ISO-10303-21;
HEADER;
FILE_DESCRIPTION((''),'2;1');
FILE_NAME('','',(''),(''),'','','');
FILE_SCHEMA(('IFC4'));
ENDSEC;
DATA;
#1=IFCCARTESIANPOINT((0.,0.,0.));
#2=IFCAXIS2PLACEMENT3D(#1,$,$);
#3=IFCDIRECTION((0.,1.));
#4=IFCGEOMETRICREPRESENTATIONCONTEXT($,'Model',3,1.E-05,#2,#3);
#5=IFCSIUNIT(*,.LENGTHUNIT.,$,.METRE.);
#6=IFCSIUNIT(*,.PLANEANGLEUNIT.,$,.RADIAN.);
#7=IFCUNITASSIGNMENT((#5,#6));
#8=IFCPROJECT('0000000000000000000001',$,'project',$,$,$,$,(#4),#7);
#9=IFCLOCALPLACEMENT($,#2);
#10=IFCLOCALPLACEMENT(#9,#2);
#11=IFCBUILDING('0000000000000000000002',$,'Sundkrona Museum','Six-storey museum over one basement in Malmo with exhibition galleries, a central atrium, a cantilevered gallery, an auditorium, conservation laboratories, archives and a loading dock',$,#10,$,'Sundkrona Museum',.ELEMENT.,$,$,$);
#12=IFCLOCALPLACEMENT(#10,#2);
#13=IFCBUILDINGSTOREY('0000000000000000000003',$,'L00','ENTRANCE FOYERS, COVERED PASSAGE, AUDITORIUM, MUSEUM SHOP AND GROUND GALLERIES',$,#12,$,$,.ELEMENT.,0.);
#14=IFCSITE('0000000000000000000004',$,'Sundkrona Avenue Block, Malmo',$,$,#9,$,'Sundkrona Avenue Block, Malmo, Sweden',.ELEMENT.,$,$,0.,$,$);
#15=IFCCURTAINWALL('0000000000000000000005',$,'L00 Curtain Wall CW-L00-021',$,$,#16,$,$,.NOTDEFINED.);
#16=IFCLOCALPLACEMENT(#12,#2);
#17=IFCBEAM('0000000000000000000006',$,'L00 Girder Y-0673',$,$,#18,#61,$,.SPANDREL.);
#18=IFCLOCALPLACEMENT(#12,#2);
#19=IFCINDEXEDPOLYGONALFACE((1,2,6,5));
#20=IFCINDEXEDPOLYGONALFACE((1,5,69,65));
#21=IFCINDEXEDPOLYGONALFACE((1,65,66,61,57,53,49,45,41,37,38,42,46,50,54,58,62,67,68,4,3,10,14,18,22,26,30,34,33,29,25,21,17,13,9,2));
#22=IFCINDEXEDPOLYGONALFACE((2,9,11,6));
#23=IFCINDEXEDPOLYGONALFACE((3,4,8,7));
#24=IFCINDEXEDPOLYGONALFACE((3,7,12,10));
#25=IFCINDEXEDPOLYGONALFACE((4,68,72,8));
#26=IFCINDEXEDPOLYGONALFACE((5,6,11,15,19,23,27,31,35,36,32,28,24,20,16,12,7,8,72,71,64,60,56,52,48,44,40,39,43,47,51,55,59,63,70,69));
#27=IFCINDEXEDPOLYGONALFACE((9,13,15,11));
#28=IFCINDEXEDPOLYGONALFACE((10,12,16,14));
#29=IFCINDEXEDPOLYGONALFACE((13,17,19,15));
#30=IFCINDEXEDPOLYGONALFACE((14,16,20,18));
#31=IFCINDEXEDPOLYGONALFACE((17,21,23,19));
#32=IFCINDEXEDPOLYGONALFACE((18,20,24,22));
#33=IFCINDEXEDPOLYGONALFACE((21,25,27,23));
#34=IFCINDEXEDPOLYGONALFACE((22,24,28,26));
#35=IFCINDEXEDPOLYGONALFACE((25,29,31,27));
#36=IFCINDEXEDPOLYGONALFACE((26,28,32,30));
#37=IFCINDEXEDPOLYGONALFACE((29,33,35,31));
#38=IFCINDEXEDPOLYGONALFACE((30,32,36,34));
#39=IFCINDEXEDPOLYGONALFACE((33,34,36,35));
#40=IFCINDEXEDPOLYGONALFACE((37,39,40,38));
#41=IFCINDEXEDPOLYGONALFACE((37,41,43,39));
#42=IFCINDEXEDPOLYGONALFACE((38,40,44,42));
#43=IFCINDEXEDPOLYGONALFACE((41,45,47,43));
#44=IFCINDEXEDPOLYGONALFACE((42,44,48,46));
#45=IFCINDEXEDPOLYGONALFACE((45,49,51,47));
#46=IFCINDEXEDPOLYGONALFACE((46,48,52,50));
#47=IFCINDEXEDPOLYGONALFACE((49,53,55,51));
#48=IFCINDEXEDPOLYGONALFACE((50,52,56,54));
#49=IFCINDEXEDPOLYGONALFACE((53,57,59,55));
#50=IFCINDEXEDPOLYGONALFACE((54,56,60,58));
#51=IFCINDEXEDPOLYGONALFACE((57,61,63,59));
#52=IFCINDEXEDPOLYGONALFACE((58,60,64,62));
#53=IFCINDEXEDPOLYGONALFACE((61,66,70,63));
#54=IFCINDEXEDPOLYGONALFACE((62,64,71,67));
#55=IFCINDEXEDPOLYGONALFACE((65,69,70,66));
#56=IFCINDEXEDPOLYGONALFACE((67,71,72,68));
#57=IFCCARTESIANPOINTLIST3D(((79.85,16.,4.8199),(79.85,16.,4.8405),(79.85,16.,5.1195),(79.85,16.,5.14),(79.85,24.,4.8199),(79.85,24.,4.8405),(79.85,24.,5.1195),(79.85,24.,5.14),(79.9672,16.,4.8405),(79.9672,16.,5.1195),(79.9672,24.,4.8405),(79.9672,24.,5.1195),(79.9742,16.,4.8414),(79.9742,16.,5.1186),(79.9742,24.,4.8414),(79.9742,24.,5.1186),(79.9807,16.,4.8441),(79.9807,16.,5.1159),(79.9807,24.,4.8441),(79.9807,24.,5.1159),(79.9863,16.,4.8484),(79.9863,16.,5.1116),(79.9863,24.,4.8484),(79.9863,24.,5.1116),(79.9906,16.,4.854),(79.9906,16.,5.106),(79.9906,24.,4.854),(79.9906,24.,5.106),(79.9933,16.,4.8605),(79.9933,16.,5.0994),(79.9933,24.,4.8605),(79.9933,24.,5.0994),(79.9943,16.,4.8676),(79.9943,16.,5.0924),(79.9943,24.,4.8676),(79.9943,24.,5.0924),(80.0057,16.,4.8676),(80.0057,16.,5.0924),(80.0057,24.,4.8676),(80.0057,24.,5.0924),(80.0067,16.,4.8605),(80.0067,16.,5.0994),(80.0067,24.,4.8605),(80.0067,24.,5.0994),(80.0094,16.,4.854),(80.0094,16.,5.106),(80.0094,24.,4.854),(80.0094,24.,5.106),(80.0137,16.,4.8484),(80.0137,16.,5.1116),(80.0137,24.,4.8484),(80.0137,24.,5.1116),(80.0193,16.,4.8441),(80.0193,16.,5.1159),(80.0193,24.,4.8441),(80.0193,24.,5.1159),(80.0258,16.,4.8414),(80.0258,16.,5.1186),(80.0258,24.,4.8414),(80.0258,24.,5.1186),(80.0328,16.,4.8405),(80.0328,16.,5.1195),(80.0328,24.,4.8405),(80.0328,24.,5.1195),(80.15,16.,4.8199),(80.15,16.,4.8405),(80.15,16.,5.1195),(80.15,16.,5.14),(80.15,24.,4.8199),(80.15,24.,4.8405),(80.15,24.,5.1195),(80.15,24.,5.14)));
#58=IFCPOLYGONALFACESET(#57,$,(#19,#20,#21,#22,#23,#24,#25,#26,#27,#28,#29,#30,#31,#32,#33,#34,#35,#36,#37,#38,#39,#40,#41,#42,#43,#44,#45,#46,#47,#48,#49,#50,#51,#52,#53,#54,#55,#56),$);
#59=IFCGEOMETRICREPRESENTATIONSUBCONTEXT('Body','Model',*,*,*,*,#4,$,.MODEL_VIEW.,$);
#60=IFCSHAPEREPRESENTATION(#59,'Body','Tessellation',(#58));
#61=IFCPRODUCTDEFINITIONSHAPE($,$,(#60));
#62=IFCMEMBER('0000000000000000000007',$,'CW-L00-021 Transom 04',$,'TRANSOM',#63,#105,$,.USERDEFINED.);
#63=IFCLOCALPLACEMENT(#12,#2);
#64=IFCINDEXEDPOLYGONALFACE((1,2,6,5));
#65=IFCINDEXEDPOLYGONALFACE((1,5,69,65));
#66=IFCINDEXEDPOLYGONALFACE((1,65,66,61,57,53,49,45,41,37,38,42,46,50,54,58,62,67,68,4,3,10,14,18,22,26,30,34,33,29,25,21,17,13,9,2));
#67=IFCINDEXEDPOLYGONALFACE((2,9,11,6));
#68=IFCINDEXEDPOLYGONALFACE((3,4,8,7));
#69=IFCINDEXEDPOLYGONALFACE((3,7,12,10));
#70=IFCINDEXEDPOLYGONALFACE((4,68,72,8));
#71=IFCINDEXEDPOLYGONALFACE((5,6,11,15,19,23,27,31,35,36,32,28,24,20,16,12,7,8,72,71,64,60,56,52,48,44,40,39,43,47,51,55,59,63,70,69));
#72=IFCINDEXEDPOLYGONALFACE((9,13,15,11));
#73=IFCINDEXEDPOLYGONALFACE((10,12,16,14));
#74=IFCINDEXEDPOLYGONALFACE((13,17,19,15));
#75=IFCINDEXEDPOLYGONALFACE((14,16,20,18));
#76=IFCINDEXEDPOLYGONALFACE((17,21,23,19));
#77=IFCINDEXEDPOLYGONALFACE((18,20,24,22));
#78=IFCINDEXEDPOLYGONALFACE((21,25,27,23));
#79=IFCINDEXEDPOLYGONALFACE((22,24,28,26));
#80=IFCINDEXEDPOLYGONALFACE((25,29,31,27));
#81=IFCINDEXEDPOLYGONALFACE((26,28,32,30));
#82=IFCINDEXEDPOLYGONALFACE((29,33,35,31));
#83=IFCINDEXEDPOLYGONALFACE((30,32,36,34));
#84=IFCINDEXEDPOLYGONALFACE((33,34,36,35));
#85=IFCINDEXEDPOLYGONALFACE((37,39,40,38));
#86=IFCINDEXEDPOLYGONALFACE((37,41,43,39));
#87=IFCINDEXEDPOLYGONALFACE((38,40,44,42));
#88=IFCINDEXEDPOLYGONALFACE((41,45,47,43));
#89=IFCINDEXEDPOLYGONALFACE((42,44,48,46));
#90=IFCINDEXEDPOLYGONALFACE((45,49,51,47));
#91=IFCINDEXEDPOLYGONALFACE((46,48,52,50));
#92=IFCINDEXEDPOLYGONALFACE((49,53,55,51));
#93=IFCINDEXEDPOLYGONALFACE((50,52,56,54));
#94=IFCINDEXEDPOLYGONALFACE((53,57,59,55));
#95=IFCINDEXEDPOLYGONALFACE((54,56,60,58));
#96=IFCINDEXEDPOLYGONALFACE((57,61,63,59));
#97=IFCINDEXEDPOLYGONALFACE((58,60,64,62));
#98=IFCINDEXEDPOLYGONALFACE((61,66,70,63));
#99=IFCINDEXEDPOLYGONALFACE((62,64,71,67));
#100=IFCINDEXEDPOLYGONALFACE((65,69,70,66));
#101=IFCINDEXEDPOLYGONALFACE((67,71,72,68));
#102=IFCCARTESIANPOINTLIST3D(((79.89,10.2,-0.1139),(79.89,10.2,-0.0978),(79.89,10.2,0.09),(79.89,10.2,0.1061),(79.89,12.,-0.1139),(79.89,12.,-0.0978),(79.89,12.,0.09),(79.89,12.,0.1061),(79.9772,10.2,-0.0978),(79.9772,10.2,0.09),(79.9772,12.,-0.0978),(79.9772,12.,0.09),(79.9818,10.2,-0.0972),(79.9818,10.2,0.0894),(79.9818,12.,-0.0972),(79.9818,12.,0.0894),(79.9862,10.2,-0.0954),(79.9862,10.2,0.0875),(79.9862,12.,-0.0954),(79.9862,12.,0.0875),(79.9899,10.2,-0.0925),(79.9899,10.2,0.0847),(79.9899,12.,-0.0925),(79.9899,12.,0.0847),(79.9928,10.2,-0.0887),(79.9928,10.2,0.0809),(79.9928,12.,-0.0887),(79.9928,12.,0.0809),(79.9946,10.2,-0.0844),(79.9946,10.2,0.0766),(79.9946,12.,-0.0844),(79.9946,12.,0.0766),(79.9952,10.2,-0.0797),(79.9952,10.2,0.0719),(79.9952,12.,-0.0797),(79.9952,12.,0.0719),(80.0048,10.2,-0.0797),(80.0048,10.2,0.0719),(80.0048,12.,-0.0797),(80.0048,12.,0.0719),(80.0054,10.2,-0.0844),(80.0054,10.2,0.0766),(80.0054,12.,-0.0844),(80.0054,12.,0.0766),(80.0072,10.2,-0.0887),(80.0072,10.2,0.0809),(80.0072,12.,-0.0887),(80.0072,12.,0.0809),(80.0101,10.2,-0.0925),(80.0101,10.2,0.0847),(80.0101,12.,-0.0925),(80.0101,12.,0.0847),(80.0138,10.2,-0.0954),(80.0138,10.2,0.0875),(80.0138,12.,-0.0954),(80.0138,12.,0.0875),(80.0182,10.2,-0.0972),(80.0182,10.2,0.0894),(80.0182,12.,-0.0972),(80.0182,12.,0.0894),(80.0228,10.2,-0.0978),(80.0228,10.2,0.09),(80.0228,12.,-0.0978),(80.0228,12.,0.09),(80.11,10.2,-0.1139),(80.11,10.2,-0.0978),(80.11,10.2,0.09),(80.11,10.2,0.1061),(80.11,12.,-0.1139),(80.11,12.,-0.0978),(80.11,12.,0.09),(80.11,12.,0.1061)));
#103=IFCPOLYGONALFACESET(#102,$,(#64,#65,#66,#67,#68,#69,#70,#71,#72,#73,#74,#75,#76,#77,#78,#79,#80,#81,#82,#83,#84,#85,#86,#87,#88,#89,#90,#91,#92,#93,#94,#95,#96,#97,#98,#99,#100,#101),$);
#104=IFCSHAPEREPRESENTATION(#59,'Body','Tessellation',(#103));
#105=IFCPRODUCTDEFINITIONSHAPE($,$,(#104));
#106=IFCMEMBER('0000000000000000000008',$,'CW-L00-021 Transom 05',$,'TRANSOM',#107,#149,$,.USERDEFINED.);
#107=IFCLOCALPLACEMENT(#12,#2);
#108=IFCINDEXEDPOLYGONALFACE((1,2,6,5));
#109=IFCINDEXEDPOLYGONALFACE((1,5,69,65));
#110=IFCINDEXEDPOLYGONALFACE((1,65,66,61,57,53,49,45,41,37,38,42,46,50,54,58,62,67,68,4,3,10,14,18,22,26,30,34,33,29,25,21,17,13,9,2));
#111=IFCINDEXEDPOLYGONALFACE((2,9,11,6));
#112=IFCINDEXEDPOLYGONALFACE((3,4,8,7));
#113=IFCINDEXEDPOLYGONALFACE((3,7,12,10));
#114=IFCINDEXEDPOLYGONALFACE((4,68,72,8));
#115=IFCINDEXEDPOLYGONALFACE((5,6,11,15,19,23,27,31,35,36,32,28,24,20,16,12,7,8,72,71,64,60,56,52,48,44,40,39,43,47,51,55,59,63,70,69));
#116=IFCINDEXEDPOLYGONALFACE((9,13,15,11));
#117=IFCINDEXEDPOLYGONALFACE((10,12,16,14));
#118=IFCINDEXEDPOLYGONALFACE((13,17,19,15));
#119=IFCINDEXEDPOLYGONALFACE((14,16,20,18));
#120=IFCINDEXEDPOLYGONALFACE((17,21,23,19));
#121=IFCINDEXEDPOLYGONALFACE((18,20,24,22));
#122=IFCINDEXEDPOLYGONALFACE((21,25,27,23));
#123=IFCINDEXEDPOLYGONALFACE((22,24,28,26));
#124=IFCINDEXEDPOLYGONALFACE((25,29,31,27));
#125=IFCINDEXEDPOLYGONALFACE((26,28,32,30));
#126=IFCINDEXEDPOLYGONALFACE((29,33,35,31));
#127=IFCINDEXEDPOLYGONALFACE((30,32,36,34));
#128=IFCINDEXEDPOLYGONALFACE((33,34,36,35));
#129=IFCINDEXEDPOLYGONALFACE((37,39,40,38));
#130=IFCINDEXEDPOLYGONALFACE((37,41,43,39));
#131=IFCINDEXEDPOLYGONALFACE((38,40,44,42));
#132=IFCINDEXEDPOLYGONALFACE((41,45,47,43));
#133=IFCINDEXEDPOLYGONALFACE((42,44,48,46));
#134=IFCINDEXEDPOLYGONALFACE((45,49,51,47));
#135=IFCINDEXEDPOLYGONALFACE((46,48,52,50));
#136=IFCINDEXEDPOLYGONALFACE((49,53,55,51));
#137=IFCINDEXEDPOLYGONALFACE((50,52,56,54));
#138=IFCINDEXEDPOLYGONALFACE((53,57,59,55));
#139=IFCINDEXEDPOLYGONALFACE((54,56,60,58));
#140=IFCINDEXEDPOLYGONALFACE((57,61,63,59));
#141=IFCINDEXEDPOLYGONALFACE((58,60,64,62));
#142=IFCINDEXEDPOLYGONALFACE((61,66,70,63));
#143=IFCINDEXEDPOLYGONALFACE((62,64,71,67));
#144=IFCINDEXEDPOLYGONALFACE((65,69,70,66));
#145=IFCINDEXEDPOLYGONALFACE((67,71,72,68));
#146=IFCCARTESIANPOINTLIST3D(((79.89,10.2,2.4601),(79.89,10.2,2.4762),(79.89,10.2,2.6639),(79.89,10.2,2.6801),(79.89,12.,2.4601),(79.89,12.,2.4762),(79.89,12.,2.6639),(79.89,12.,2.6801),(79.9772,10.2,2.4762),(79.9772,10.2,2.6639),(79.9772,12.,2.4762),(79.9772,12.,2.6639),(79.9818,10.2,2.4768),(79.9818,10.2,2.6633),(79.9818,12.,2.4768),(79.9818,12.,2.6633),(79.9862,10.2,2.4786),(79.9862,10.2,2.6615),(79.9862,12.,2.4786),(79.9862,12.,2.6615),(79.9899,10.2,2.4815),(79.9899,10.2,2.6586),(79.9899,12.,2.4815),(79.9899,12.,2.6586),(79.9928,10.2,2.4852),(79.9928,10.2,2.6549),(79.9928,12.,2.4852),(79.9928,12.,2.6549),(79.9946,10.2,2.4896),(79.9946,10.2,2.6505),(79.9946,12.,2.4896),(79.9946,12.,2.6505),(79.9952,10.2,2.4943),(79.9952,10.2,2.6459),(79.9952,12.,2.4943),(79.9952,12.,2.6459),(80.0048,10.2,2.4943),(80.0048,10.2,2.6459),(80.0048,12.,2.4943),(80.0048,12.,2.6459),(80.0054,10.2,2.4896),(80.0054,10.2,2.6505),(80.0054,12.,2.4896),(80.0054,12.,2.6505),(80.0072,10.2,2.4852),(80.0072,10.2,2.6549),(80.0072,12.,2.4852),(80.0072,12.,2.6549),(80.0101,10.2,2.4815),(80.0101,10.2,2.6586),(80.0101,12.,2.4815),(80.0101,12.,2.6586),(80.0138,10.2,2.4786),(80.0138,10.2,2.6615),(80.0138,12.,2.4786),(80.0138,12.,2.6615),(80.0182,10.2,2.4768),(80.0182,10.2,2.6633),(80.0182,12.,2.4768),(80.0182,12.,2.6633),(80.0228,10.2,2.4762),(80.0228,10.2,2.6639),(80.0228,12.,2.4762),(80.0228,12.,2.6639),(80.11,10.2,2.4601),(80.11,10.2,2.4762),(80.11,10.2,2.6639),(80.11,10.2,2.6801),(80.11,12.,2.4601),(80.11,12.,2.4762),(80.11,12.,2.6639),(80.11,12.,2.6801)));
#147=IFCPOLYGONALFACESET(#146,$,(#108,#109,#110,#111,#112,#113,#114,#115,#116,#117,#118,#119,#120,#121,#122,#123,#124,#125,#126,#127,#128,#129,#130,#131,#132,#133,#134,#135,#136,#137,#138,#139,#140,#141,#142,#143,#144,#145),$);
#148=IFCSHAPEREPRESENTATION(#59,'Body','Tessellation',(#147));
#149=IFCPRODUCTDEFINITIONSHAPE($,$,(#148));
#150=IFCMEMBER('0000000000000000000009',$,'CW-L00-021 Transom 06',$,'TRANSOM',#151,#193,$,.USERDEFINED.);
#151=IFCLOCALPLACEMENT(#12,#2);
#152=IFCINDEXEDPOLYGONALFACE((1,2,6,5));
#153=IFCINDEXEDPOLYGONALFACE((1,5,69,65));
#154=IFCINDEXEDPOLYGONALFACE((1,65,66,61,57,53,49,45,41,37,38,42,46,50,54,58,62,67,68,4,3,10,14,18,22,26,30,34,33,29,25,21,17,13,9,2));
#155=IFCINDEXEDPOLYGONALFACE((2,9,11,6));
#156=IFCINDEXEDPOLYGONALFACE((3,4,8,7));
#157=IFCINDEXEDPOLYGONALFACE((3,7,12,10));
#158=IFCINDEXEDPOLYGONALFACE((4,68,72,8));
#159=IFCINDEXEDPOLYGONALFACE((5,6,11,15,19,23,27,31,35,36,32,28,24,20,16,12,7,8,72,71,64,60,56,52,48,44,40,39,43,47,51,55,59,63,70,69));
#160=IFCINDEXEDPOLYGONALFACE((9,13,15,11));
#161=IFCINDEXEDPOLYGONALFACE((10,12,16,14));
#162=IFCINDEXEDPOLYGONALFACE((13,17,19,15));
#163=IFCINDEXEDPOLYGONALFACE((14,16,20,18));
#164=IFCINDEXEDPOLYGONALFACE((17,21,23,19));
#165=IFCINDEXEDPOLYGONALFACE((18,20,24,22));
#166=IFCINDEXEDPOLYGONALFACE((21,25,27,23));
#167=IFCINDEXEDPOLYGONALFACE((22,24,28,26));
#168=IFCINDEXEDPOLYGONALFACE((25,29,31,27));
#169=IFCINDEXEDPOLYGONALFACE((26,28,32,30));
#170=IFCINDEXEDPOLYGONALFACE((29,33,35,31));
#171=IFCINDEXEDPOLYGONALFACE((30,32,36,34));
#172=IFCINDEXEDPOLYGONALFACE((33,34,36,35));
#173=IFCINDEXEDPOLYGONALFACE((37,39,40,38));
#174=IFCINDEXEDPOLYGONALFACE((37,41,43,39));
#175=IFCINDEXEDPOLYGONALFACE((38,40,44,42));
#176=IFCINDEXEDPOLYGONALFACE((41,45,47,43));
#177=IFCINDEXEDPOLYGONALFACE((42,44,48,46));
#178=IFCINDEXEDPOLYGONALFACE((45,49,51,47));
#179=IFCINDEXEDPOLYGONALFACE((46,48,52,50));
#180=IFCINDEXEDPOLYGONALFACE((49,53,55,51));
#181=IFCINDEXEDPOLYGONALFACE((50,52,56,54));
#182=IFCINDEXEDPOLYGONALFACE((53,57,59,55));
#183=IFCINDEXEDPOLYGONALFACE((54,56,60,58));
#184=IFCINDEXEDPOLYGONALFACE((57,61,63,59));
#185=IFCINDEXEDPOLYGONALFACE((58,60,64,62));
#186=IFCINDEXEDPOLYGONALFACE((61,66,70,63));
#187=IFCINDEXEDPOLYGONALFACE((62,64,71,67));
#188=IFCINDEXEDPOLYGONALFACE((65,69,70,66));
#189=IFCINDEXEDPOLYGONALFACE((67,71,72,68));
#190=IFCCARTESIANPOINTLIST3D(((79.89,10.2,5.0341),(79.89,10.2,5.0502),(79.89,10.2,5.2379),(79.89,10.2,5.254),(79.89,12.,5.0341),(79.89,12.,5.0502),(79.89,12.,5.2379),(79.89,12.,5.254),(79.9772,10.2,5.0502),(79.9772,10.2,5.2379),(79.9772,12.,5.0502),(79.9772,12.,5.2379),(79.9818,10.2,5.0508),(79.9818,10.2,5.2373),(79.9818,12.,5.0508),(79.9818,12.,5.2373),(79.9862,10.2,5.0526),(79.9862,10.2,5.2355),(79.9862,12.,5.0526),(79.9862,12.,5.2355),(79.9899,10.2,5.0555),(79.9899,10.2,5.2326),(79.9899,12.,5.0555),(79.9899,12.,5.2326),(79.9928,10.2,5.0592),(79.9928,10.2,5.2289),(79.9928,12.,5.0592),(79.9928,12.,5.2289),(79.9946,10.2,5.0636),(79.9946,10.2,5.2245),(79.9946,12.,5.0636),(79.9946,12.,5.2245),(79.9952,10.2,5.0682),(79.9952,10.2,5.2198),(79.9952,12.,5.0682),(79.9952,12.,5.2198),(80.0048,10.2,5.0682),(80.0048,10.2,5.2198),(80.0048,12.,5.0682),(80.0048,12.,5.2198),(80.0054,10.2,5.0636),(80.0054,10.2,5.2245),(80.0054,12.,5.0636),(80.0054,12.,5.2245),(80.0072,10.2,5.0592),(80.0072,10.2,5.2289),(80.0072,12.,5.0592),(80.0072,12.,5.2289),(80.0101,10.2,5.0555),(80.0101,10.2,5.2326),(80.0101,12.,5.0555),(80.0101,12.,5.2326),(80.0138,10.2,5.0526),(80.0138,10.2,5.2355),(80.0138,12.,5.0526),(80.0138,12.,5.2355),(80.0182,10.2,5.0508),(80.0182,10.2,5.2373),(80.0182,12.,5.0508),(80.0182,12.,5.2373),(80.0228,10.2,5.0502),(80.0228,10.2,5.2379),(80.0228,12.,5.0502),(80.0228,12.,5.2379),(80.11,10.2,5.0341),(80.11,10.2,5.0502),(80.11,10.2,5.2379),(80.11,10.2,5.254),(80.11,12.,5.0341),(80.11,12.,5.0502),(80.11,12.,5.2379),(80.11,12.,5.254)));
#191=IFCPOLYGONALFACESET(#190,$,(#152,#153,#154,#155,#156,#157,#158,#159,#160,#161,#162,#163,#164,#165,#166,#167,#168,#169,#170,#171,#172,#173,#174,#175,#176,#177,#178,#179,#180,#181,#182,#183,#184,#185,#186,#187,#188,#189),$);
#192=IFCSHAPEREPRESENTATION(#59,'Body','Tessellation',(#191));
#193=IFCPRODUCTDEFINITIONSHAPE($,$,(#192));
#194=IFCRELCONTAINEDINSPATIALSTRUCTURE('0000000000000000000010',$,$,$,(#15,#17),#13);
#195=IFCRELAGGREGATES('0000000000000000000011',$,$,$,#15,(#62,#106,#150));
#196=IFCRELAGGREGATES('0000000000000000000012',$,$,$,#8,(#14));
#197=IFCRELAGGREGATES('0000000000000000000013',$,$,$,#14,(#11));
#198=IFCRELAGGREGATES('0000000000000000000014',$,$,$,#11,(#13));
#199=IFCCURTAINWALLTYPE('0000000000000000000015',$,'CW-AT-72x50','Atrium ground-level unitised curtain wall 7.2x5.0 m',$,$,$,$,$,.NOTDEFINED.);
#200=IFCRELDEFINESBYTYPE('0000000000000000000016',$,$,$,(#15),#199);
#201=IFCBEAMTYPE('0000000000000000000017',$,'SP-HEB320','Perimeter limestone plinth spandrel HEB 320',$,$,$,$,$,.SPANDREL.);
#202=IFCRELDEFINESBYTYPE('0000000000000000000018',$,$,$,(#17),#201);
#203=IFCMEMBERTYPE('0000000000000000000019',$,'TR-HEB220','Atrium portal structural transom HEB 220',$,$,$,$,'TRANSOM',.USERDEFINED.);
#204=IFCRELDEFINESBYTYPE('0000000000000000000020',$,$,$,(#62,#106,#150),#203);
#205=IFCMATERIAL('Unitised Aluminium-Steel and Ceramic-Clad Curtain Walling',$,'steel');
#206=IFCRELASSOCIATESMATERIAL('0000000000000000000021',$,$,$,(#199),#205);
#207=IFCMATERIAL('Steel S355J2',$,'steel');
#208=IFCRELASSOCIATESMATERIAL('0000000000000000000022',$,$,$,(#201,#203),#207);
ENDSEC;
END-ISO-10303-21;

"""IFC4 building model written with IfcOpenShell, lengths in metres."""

from ifc_helpers import new_model, si_unit, direction, frame, origin, origin_2d, place, context, subcontext, project, spatial, i_section, extrude, material, material_profile, profile_set, type_object, element, aggregate, save


model = new_model("IFC4")

# Units and contexts
model_context = context("Model", 3, precision=1e-05, world=origin(), true_north=direction((0.0, 1.0)))
body_context = subcontext(model_context, "Body", "Model", "MODEL_VIEW")
ifc_project = project(units=[si_unit("LENGTHUNIT", "METRE"), si_unit("PLANEANGLEUNIT", "RADIAN")], contexts=[model_context])

# Site, building, storey
site_placement = place(None, origin())
site = spatial("IfcSite", under=ifc_project, at=site_placement, Name="Sundkrona Avenue Block, Malmo", LongName="Sundkrona Avenue Block, Malmo, Sweden", CompositionType="ELEMENT", RefElevation=0.0)
building_placement = place(site_placement, origin())
building = spatial("IfcBuilding", under=site, at=building_placement, Name="Sundkrona Museum", Description="Six-storey museum over one basement in Malmo with exhibition galleries, a central atrium, a cantilevered gallery, an auditorium, conservation laboratories, archives and a loading dock", LongName="Sundkrona Museum", CompositionType="ELEMENT")
storey_placement = place(building_placement, origin())
storey = spatial("IfcBuildingStorey", under=building, at=storey_placement, Name="L00", Description="ENTRANCE FOYERS, COVERED PASSAGE, AUDITORIUM, MUSEUM SHOP AND GROUND GALLERIES", CompositionType="ELEMENT", Elevation=0.0)

# Shared definitions
ifc_material_1 = material(Name="Steel S355J2", Category="steel")

# Curtain wall
ifc_material_2 = material(Name="Unitised Aluminium-Steel and Ceramic-Clad Curtain Walling", Category="steel")
curtain_wall_type = type_object("IfcCurtainWallType", Name="CW-AT-72x50", Description="Atrium ground-level unitised curtain wall 7.2x5.0 m", PredefinedType="NOTDEFINED", material=ifc_material_2)
curtain_wall_1_placement = place(storey_placement, origin())
curtain_wall_1 = element("IfcCurtainWall", 1, at=curtain_wall_1_placement, inside=storey, type_object=curtain_wall_type, Name="L00 Curtain Wall CW-L00-021", PredefinedType="NOTDEFINED")

# Beam
ifc_material_profile_1 = material_profile(ifc_material_1, i_section(OverallWidth=0.3, OverallDepth=0.3201, WebThickness=0.0115, FlangeThickness=0.0205, FilletRadius=0.0271, at=origin_2d()), Name="HEB 320")
ifc_profile_set_1 = profile_set([ifc_material_profile_1], Name="Steel S355J2")
beam_type = type_object("IfcBeamType", Name="SP-HEB320", Description="Perimeter limestone plinth spandrel HEB 320", PredefinedType="SPANDREL", material=ifc_profile_set_1)
beam_placement = place(storey_placement, frame((80.0, 16.0, 4.98), z_axis=(0.0, 1.0, 0.0), x_axis=(-1.0, 0.0, 0.0)))
element("IfcBeam", 2, at=beam_placement, inside=storey, type_object=beam_type, Name="L00 Girder Y-0673", PredefinedType="SPANDREL", context=body_context, shape_type="SweptSolid", body=[
    extrude(i_section(OverallWidth=0.3, OverallDepth=0.3201, WebThickness=0.0115, FlangeThickness=0.0205, FilletRadius=0.0271, at=origin_2d()), origin(), (0.0, 0.0, 1.0), 8.0),
])

# Members
ifc_material_profile_2 = material_profile(ifc_material_1, i_section(OverallWidth=0.22, OverallDepth=0.22, WebThickness=0.0095, FlangeThickness=0.0161, FilletRadius=0.0181, at=origin_2d()), Name="HEB 220")
ifc_profile_set_2 = profile_set([ifc_material_profile_2], Name="Steel S355J2")
member_type_1 = type_object("IfcMemberType", Name="TR-HEB220", Description="Atrium portal structural transom HEB 220", ElementType="TRANSOM", PredefinedType="USERDEFINED", material=ifc_profile_set_2)
member_1_placement = place(storey_placement, frame((80.0, 10.2, -0.0039), z_axis=(0.0, 1.0, 0.0), x_axis=(-1.0, 0.0, 0.0)))
member_1 = element("IfcMember", 3, at=member_1_placement, type_object=member_type_1, Name="CW-L00-021 Transom 04", ObjectType="TRANSOM", PredefinedType="USERDEFINED", context=body_context, shape_type="SweptSolid", body=[
    extrude(i_section(OverallWidth=0.22, OverallDepth=0.22, WebThickness=0.0095, FlangeThickness=0.0161, FilletRadius=0.0181, at=origin_2d()), origin(), (0.0, 0.0, 1.0), 1.8),
])
member_2_placement = place(storey_placement, frame((80.0, 10.2, 2.5701), z_axis=(0.0, 1.0, 0.0), x_axis=(-1.0, 0.0, 0.0)))
member_2 = element("IfcMember", 4, at=member_2_placement, type_object=member_type_1, Name="CW-L00-021 Transom 05", ObjectType="TRANSOM", PredefinedType="USERDEFINED", context=body_context, shape_type="SweptSolid", body=[
    extrude(i_section(OverallWidth=0.22, OverallDepth=0.22, WebThickness=0.0095, FlangeThickness=0.0161, FilletRadius=0.0181, at=origin_2d()), origin(), (0.0, 0.0, 1.0), 1.8),
])
member_3_placement = place(storey_placement, frame((80.0, 10.2, 5.144), z_axis=(0.0, 1.0, 0.0), x_axis=(-1.0, 0.0, 0.0)))
member_3 = element("IfcMember", 5, at=member_3_placement, type_object=member_type_1, Name="CW-L00-021 Transom 06", ObjectType="TRANSOM", PredefinedType="USERDEFINED", context=body_context, shape_type="SweptSolid", body=[
    extrude(i_section(OverallWidth=0.22, OverallDepth=0.22, WebThickness=0.0095, FlangeThickness=0.0161, FilletRadius=0.0181, at=origin_2d()), origin(), (0.0, 0.0, 1.0), 1.8),
])

aggregate(curtain_wall_1, [member_1, member_2, member_3])

save(model, "model.ifc")
